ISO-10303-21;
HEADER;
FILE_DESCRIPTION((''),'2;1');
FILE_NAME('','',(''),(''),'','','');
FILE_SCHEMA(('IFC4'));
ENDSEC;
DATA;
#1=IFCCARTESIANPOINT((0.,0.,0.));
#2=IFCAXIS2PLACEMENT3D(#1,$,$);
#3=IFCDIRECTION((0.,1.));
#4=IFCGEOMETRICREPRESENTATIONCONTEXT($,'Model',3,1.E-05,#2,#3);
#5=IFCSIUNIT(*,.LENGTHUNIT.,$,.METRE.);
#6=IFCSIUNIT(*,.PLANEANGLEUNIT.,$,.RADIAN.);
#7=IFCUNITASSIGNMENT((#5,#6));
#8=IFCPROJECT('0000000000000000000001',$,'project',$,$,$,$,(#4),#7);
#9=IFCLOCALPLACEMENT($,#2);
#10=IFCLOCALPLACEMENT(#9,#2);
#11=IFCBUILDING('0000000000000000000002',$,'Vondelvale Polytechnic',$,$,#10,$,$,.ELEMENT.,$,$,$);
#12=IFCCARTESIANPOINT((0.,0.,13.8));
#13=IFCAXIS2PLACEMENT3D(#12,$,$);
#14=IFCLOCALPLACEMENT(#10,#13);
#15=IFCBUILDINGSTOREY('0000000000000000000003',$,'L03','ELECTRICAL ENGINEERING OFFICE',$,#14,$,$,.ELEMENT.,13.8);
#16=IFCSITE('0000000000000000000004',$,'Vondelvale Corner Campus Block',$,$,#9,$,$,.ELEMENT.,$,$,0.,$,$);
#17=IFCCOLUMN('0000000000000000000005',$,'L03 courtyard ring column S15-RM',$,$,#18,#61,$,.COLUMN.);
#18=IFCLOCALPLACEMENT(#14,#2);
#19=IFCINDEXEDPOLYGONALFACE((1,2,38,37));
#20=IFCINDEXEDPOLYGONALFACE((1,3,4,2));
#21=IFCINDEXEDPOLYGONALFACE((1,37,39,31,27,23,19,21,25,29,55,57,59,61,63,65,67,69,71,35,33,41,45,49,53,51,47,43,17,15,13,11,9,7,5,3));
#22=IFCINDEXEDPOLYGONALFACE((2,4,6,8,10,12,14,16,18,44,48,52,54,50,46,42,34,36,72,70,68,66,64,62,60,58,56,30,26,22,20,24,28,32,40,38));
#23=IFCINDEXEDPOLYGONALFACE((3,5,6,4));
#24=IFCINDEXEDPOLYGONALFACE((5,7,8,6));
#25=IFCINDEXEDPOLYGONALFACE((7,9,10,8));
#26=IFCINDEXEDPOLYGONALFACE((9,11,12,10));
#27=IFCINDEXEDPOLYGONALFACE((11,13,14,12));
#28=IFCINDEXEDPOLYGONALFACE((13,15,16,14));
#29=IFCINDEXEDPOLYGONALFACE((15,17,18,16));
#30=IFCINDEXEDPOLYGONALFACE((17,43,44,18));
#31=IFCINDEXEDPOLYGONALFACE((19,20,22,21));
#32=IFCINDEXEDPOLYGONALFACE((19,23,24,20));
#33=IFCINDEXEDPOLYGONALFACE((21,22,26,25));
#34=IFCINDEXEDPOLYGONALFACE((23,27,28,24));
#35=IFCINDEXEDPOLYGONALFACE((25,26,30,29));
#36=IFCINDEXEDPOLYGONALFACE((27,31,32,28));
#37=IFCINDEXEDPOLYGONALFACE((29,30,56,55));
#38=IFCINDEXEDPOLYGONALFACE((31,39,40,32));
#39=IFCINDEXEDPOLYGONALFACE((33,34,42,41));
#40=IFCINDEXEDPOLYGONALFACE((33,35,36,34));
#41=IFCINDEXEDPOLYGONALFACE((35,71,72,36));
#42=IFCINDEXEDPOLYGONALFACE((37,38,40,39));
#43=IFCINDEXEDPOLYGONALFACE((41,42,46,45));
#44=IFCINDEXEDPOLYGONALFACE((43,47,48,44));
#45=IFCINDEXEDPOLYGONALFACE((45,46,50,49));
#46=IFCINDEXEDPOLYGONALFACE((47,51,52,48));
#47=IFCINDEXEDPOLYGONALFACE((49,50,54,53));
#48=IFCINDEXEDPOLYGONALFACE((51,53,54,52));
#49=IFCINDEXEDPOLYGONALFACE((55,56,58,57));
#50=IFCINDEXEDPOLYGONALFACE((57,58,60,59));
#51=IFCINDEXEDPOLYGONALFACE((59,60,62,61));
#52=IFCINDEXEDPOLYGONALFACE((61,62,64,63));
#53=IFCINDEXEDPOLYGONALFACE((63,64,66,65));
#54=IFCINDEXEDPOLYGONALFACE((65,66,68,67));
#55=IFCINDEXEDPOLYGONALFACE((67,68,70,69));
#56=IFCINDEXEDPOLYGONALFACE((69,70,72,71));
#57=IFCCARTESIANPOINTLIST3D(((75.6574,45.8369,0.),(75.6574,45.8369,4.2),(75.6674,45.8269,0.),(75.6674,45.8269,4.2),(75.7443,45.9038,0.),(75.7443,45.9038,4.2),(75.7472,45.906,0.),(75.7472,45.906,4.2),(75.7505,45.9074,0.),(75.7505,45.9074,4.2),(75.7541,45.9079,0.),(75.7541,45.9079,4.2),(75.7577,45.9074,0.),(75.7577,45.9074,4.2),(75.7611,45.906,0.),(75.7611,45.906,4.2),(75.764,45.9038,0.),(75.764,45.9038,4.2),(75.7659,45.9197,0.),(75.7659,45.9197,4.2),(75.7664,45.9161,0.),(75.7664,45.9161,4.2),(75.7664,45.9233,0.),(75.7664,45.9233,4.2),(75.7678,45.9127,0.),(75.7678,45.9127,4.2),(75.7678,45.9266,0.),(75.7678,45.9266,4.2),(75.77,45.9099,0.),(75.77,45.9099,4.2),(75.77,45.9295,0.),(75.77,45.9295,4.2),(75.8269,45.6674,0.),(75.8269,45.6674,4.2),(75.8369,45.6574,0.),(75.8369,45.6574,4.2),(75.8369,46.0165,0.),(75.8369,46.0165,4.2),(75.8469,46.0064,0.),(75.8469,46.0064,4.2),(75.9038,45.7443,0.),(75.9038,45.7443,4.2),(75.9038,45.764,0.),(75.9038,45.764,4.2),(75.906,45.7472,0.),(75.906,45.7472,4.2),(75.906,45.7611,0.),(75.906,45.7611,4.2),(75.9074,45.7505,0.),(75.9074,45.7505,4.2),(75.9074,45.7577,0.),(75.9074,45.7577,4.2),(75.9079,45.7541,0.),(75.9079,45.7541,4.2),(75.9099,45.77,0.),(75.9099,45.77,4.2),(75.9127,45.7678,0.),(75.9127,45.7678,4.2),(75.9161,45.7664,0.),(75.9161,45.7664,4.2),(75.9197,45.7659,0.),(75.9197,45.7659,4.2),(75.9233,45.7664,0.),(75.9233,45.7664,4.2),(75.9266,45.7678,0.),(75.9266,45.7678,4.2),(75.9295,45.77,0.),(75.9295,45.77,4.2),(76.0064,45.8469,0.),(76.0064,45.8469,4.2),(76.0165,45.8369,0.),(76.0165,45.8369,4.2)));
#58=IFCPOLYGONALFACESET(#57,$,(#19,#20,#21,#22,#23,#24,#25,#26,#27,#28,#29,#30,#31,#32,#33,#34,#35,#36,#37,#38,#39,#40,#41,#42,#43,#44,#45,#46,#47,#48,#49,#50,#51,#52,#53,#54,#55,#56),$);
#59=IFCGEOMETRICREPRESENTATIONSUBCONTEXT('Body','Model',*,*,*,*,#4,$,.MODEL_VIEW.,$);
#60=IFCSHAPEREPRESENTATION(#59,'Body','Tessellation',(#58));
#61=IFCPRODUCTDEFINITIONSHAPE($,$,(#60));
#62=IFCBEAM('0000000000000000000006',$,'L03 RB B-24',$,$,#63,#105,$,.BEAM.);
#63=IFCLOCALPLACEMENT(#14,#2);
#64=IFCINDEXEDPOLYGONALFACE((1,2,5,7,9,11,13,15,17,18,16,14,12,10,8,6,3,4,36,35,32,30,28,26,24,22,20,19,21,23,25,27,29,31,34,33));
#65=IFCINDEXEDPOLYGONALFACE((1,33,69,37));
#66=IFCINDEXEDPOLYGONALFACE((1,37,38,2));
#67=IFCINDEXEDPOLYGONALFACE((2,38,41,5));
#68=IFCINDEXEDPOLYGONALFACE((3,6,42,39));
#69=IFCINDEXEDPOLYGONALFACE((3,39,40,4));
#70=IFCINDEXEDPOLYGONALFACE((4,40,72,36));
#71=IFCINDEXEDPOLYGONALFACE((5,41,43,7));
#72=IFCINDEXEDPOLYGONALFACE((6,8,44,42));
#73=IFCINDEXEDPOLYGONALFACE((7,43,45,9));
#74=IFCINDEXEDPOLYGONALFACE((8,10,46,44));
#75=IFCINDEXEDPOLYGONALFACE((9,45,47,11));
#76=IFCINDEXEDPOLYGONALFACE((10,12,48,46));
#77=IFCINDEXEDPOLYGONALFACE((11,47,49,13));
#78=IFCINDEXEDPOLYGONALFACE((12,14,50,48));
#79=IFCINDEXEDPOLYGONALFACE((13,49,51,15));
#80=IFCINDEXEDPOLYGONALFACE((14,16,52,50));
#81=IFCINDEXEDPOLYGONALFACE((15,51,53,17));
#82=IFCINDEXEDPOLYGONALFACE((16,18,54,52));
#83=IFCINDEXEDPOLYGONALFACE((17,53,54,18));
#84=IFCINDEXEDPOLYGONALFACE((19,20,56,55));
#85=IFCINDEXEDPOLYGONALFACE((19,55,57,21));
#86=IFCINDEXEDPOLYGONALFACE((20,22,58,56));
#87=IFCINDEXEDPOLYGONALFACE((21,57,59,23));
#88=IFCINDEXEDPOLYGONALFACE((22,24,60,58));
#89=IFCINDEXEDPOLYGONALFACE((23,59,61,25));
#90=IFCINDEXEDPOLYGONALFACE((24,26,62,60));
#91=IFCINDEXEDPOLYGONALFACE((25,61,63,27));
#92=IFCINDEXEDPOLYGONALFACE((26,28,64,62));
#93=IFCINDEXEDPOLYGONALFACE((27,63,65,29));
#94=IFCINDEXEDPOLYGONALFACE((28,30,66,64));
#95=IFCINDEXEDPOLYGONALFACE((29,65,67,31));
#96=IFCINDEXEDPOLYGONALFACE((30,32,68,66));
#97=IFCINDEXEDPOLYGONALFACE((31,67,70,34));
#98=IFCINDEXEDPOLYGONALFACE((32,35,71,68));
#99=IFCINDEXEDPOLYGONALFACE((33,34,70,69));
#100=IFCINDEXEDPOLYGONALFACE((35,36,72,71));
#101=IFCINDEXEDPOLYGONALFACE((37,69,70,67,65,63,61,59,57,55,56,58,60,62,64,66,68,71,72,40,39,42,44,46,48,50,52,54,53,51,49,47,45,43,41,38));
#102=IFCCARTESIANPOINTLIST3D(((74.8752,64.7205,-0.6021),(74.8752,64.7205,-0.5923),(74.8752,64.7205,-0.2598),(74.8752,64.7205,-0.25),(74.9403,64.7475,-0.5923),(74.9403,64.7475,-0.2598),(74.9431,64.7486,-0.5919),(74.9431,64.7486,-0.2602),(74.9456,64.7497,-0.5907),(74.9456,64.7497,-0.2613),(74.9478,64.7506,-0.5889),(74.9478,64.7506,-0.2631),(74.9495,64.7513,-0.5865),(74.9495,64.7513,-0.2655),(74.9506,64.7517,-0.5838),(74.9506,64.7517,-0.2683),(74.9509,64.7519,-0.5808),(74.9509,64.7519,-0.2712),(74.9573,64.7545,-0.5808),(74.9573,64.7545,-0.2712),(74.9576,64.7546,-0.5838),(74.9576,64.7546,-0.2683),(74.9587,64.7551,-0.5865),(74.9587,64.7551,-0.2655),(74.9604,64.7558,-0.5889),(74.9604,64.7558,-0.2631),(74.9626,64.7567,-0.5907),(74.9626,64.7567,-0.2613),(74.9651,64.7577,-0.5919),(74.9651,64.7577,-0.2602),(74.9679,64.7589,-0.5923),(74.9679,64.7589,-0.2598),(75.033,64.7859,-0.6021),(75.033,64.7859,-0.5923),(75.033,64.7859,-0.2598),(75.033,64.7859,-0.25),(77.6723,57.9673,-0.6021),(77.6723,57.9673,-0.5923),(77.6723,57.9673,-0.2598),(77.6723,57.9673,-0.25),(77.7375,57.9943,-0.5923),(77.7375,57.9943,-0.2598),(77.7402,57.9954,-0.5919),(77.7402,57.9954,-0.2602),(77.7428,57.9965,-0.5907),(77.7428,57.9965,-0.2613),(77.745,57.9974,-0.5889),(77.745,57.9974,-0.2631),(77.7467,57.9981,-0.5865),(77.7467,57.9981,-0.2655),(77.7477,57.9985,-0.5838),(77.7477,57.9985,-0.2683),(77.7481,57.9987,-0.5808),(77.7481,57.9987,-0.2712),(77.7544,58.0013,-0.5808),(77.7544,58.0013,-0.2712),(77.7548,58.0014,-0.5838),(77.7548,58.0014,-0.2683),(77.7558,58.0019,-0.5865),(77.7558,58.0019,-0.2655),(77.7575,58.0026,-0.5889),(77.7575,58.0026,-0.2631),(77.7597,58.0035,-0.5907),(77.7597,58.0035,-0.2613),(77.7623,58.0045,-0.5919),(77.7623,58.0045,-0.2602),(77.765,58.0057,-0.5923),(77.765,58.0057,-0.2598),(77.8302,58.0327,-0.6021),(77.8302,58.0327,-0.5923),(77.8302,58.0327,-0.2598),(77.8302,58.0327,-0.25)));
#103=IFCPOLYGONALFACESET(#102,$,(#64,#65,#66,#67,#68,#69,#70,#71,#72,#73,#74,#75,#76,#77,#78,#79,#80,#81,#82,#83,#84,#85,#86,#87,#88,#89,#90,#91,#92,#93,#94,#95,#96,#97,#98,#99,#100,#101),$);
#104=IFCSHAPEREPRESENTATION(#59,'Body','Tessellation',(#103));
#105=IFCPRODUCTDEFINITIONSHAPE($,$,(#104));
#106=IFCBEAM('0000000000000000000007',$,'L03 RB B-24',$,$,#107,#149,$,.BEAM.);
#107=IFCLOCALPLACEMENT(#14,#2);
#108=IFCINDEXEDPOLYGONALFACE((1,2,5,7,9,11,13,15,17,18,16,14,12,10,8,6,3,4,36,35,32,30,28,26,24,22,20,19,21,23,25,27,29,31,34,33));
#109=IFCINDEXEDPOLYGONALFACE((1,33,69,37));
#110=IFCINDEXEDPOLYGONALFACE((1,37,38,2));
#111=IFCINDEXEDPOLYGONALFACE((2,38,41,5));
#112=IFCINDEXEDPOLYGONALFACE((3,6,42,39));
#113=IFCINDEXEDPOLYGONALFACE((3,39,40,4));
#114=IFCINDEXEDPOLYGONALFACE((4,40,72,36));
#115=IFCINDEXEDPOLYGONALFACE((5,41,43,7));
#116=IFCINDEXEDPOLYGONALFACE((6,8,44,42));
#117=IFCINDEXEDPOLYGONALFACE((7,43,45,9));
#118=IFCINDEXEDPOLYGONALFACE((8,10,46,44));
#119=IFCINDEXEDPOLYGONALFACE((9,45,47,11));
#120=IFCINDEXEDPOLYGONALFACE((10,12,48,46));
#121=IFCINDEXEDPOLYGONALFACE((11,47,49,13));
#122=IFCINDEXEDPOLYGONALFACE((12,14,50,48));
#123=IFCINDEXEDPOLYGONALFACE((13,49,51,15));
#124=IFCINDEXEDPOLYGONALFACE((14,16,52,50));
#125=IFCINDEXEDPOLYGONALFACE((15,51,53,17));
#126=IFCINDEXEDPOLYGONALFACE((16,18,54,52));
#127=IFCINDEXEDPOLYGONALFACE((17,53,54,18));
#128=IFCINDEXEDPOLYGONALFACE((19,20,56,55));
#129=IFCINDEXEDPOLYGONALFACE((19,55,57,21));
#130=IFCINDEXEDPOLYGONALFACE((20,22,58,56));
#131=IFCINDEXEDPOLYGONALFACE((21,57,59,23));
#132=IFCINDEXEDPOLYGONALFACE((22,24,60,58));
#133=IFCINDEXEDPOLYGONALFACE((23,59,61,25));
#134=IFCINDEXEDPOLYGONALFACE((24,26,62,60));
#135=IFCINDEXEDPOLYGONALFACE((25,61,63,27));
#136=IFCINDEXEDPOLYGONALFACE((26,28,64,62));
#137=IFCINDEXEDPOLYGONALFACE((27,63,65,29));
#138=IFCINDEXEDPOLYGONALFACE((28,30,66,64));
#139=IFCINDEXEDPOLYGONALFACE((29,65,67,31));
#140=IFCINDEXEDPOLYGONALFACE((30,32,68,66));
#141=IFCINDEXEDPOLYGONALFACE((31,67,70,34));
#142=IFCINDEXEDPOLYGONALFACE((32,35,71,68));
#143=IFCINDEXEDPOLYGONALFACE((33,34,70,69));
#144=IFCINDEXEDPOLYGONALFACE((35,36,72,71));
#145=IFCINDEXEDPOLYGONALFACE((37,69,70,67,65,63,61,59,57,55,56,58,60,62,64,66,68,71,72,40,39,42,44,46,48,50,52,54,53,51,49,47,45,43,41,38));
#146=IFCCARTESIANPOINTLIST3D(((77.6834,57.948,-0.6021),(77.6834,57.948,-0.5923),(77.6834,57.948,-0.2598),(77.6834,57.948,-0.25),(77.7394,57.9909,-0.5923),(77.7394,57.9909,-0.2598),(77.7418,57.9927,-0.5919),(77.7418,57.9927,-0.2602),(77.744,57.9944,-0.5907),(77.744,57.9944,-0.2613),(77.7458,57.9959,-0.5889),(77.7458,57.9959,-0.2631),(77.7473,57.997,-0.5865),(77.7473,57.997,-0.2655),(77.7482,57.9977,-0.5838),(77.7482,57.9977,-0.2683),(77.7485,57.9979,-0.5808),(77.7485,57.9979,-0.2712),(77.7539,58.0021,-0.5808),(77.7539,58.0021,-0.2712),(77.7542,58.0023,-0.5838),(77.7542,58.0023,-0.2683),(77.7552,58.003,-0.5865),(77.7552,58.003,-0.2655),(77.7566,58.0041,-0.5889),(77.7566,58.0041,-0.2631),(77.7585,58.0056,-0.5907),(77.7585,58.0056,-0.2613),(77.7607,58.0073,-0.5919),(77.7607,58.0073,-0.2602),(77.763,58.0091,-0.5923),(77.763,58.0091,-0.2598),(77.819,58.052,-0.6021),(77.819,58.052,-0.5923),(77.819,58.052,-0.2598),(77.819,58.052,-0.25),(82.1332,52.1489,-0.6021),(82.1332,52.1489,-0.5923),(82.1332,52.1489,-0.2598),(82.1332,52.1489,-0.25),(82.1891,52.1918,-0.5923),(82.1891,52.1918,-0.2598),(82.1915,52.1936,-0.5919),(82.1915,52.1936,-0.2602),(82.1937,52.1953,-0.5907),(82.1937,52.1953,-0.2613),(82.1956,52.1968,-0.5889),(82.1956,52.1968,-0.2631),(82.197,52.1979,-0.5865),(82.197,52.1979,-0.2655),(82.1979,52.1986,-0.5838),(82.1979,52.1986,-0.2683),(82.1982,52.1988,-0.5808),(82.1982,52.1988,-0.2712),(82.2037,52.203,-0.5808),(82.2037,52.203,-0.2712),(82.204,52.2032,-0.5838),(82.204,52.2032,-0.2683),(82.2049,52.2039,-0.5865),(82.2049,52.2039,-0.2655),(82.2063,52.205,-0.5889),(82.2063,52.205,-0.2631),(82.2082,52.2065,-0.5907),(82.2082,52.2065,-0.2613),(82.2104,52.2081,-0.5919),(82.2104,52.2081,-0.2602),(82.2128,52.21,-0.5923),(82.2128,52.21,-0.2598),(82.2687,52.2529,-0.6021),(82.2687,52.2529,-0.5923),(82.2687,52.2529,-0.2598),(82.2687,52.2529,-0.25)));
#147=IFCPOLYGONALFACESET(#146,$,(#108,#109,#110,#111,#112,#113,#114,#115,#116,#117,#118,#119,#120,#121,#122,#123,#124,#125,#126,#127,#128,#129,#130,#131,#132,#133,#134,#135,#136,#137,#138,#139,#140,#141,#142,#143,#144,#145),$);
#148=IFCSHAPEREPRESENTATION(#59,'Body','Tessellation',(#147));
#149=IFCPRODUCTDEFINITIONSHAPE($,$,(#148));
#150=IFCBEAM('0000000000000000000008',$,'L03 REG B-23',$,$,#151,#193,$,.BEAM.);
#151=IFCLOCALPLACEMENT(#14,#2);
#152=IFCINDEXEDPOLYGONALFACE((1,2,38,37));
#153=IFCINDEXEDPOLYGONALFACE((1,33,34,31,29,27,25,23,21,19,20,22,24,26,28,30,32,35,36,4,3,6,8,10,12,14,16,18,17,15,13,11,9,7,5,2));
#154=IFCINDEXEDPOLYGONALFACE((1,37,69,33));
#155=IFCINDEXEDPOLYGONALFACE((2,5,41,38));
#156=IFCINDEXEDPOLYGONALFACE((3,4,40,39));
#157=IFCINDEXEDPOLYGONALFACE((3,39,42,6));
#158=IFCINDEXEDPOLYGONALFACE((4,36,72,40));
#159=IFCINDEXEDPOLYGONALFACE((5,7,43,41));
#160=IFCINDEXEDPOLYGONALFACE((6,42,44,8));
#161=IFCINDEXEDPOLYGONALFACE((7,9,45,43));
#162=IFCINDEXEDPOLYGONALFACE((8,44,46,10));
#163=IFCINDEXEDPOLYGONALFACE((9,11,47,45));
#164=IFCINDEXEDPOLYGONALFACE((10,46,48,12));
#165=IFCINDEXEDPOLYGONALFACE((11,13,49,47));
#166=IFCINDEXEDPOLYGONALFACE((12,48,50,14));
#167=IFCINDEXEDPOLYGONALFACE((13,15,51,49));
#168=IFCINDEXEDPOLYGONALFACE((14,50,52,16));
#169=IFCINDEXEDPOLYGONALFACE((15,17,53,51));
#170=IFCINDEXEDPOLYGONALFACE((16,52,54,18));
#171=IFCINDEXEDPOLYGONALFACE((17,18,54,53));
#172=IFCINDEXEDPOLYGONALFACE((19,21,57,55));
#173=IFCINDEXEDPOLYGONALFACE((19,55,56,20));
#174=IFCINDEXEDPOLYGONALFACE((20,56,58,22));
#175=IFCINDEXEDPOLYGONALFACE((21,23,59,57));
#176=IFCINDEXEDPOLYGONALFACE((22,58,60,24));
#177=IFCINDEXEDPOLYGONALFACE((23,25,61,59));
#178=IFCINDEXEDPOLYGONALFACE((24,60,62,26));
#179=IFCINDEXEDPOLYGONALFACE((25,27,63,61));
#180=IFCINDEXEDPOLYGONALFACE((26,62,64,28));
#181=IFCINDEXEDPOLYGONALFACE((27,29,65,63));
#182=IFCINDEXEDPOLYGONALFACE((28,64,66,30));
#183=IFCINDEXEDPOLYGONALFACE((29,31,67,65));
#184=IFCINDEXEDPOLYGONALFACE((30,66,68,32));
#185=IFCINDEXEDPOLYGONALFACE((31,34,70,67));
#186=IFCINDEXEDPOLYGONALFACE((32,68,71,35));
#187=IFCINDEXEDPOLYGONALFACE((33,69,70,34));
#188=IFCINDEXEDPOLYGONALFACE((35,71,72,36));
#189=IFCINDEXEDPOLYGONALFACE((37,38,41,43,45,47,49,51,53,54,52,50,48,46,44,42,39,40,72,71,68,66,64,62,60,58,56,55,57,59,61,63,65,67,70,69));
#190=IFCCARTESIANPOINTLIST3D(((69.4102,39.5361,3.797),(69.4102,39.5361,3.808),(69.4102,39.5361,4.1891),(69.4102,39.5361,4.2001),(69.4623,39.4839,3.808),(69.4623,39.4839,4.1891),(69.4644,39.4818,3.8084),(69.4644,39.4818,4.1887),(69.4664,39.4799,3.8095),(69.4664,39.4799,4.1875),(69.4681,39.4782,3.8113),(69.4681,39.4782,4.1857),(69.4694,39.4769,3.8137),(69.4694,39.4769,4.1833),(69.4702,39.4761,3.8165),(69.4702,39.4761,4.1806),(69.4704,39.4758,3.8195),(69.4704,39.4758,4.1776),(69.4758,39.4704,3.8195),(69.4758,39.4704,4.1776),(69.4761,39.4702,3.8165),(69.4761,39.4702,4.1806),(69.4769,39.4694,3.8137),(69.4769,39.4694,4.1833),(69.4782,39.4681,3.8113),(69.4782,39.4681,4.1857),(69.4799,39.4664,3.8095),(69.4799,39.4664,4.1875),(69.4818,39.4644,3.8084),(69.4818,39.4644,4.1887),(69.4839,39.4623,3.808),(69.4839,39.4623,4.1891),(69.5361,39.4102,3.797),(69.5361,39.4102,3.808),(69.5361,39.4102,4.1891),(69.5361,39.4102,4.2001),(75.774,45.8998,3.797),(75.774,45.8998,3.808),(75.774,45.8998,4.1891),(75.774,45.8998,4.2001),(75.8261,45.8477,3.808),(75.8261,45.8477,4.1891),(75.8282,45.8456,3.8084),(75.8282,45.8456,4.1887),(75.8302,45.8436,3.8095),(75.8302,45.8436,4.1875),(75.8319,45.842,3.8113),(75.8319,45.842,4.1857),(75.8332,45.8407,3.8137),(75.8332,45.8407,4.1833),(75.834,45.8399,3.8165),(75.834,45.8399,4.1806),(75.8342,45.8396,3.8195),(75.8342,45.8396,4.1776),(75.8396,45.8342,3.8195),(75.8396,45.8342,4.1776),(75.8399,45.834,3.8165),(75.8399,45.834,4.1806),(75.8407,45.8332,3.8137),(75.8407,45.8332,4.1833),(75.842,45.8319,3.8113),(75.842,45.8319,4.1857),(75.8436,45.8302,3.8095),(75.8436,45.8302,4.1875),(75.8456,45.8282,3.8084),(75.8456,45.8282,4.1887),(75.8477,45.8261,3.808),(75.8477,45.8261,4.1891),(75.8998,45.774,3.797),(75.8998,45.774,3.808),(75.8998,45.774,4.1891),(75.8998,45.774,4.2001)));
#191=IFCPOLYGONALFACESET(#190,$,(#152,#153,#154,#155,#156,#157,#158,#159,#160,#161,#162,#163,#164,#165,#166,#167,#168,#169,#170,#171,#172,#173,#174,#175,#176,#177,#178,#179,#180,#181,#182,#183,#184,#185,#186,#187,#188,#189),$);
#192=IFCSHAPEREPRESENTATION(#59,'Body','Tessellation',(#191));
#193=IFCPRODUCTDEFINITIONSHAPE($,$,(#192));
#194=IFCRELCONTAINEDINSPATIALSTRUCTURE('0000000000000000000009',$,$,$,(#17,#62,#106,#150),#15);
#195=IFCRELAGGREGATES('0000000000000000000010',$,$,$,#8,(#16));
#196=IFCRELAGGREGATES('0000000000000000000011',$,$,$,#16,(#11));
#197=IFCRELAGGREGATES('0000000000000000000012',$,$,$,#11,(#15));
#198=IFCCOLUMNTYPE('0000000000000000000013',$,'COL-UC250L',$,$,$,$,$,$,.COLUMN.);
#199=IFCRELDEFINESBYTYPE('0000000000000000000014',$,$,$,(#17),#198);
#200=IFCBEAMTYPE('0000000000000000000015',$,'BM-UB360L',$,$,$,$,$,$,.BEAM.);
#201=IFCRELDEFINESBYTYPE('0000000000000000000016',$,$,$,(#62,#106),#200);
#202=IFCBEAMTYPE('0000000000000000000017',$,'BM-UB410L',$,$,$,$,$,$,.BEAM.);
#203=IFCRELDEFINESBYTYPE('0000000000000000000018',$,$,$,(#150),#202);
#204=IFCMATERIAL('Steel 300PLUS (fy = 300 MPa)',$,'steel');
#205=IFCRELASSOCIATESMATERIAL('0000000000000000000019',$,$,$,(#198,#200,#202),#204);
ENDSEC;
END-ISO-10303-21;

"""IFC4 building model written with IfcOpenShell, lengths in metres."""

from ifc_helpers import new_model, si_unit, direction, frame, origin, origin_2d, place, context, subcontext, project, spatial, i_section, extrude, material, material_profile, profile_set, type_object, element, save


model = new_model("IFC4")

# Units and contexts
model_context = context("Model", 3, precision=1e-05, world=origin(), true_north=direction((0.0, 1.0)))
body_context = subcontext(model_context, "Body", "Model", "MODEL_VIEW")
ifc_project = project(units=[si_unit("LENGTHUNIT", "METRE"), si_unit("PLANEANGLEUNIT", "RADIAN")], contexts=[model_context])

# Site, building, storey
site_placement = place(None, origin())
site = spatial("IfcSite", under=ifc_project, at=site_placement, Name="Vondelvale Corner Campus Block", CompositionType="ELEMENT", RefElevation=0.0)
building_placement = place(site_placement, origin())
building = spatial("IfcBuilding", under=site, at=building_placement, Name="Vondelvale Polytechnic", CompositionType="ELEMENT")
storey_placement = place(building_placement, frame((0.0, 0.0, 13.8)))
storey = spatial("IfcBuildingStorey", under=building, at=storey_placement, Name="L03", Description="ELECTRICAL ENGINEERING OFFICE", CompositionType="ELEMENT", Elevation=13.8)

# Column
ifc_material_1 = material(Name="Steel 300PLUS (fy = 300 MPa)", Category="steel")
ifc_material_profile_1 = material_profile(ifc_material_1, i_section(OverallWidth=0.2539, OverallDepth=0.2539, WebThickness=0.0085, FlangeThickness=0.0142, FilletRadius=0.0139, at=origin_2d()), Name="250UC72.9")
ifc_profile_set_1 = profile_set([ifc_material_profile_1], Name="Steel 300PLUS (fy = 300 MPa)")
column_type_1 = type_object("IfcColumnType", Name="COL-UC250L", PredefinedType="COLUMN", material=ifc_profile_set_1)
column_placement = place(storey_placement, frame((75.8369, 45.8369, 0.0), z_axis=(0.0, 0.0, 1.0), x_axis=(0.707107, 0.707107, 0.0)))
element("IfcColumn", 1, at=column_placement, inside=storey, type_object=column_type_1, Name="L03 courtyard ring column S15-RM", PredefinedType="COLUMN", context=body_context, shape_type="SweptSolid", body=[
    extrude(i_section(OverallWidth=0.2539, OverallDepth=0.2539, WebThickness=0.0085, FlangeThickness=0.0142, FilletRadius=0.0139, at=origin_2d()), origin(), (0.0, 0.0, 1.0), 4.2),
])

# Beams
ifc_material_profile_2 = material_profile(ifc_material_1, i_section(OverallWidth=0.1709, OverallDepth=0.3521, WebThickness=0.0068, FlangeThickness=0.0098, FilletRadius=0.0115, at=origin_2d()), Name="360UB44.7")
ifc_profile_set_2 = profile_set([ifc_material_profile_2], Name="Steel 300PLUS (fy = 300 MPa)")
beam_type_1 = type_object("IfcBeamType", Name="BM-UB360L", PredefinedType="BEAM", material=ifc_profile_set_2)
for number, where, z_axis, x_axis, name in (
    (2, (74.9541, 64.7532, -0.426), (0.382667, -0.923886, 0.0), (0.923886, 0.382667, 0.0), "L03 RB B-24"),
    (3, (77.7512, 58.0, -0.426), (0.608755, -0.793358, 0.0), (0.793358, 0.608755, 0.0), "L03 RB B-24"),
):
    element("IfcBeam", number, at=place(storey_placement, frame(where, z_axis=z_axis, x_axis=x_axis)), inside=storey, type_object=beam_type_1, Name=name, PredefinedType="BEAM", context=body_context, shape_type="SweptSolid", body=[
        extrude(i_section(OverallWidth=0.1709, OverallDepth=0.3521, WebThickness=0.0068, FlangeThickness=0.0098, FilletRadius=0.0115, at=origin_2d()), origin(), (0.0, 0.0, 1.0), 7.3096),
    ])
ifc_material_profile_3 = material_profile(ifc_material_1, i_section(OverallWidth=0.178, OverallDepth=0.4031, WebThickness=0.0076, FlangeThickness=0.011, FilletRadius=0.0115, at=origin_2d()), Name="410UB53.7")
ifc_profile_set_3 = profile_set([ifc_material_profile_3], Name="Steel 300PLUS (fy = 300 MPa)")
beam_type_2 = type_object("IfcBeamType", Name="BM-UB410L", PredefinedType="BEAM", material=ifc_profile_set_3)
beam_1_placement = place(storey_placement, frame((75.8369, 45.8369, 3.9985), z_axis=(-0.707107, -0.707107, 0.0), x_axis=(0.707107, -0.707107, 0.0)))
element("IfcBeam", 4, at=beam_1_placement, inside=storey, type_object=beam_type_2, Name="L03 REG B-23", PredefinedType="BEAM", context=body_context, shape_type="SweptSolid", body=[
    extrude(i_section(OverallWidth=0.178, OverallDepth=0.4031, WebThickness=0.0076, FlangeThickness=0.011, FilletRadius=0.0115, at=origin_2d()), origin(), (0.0, 0.0, 1.0), 8.9998),
])

save(model, "model.ifc")
